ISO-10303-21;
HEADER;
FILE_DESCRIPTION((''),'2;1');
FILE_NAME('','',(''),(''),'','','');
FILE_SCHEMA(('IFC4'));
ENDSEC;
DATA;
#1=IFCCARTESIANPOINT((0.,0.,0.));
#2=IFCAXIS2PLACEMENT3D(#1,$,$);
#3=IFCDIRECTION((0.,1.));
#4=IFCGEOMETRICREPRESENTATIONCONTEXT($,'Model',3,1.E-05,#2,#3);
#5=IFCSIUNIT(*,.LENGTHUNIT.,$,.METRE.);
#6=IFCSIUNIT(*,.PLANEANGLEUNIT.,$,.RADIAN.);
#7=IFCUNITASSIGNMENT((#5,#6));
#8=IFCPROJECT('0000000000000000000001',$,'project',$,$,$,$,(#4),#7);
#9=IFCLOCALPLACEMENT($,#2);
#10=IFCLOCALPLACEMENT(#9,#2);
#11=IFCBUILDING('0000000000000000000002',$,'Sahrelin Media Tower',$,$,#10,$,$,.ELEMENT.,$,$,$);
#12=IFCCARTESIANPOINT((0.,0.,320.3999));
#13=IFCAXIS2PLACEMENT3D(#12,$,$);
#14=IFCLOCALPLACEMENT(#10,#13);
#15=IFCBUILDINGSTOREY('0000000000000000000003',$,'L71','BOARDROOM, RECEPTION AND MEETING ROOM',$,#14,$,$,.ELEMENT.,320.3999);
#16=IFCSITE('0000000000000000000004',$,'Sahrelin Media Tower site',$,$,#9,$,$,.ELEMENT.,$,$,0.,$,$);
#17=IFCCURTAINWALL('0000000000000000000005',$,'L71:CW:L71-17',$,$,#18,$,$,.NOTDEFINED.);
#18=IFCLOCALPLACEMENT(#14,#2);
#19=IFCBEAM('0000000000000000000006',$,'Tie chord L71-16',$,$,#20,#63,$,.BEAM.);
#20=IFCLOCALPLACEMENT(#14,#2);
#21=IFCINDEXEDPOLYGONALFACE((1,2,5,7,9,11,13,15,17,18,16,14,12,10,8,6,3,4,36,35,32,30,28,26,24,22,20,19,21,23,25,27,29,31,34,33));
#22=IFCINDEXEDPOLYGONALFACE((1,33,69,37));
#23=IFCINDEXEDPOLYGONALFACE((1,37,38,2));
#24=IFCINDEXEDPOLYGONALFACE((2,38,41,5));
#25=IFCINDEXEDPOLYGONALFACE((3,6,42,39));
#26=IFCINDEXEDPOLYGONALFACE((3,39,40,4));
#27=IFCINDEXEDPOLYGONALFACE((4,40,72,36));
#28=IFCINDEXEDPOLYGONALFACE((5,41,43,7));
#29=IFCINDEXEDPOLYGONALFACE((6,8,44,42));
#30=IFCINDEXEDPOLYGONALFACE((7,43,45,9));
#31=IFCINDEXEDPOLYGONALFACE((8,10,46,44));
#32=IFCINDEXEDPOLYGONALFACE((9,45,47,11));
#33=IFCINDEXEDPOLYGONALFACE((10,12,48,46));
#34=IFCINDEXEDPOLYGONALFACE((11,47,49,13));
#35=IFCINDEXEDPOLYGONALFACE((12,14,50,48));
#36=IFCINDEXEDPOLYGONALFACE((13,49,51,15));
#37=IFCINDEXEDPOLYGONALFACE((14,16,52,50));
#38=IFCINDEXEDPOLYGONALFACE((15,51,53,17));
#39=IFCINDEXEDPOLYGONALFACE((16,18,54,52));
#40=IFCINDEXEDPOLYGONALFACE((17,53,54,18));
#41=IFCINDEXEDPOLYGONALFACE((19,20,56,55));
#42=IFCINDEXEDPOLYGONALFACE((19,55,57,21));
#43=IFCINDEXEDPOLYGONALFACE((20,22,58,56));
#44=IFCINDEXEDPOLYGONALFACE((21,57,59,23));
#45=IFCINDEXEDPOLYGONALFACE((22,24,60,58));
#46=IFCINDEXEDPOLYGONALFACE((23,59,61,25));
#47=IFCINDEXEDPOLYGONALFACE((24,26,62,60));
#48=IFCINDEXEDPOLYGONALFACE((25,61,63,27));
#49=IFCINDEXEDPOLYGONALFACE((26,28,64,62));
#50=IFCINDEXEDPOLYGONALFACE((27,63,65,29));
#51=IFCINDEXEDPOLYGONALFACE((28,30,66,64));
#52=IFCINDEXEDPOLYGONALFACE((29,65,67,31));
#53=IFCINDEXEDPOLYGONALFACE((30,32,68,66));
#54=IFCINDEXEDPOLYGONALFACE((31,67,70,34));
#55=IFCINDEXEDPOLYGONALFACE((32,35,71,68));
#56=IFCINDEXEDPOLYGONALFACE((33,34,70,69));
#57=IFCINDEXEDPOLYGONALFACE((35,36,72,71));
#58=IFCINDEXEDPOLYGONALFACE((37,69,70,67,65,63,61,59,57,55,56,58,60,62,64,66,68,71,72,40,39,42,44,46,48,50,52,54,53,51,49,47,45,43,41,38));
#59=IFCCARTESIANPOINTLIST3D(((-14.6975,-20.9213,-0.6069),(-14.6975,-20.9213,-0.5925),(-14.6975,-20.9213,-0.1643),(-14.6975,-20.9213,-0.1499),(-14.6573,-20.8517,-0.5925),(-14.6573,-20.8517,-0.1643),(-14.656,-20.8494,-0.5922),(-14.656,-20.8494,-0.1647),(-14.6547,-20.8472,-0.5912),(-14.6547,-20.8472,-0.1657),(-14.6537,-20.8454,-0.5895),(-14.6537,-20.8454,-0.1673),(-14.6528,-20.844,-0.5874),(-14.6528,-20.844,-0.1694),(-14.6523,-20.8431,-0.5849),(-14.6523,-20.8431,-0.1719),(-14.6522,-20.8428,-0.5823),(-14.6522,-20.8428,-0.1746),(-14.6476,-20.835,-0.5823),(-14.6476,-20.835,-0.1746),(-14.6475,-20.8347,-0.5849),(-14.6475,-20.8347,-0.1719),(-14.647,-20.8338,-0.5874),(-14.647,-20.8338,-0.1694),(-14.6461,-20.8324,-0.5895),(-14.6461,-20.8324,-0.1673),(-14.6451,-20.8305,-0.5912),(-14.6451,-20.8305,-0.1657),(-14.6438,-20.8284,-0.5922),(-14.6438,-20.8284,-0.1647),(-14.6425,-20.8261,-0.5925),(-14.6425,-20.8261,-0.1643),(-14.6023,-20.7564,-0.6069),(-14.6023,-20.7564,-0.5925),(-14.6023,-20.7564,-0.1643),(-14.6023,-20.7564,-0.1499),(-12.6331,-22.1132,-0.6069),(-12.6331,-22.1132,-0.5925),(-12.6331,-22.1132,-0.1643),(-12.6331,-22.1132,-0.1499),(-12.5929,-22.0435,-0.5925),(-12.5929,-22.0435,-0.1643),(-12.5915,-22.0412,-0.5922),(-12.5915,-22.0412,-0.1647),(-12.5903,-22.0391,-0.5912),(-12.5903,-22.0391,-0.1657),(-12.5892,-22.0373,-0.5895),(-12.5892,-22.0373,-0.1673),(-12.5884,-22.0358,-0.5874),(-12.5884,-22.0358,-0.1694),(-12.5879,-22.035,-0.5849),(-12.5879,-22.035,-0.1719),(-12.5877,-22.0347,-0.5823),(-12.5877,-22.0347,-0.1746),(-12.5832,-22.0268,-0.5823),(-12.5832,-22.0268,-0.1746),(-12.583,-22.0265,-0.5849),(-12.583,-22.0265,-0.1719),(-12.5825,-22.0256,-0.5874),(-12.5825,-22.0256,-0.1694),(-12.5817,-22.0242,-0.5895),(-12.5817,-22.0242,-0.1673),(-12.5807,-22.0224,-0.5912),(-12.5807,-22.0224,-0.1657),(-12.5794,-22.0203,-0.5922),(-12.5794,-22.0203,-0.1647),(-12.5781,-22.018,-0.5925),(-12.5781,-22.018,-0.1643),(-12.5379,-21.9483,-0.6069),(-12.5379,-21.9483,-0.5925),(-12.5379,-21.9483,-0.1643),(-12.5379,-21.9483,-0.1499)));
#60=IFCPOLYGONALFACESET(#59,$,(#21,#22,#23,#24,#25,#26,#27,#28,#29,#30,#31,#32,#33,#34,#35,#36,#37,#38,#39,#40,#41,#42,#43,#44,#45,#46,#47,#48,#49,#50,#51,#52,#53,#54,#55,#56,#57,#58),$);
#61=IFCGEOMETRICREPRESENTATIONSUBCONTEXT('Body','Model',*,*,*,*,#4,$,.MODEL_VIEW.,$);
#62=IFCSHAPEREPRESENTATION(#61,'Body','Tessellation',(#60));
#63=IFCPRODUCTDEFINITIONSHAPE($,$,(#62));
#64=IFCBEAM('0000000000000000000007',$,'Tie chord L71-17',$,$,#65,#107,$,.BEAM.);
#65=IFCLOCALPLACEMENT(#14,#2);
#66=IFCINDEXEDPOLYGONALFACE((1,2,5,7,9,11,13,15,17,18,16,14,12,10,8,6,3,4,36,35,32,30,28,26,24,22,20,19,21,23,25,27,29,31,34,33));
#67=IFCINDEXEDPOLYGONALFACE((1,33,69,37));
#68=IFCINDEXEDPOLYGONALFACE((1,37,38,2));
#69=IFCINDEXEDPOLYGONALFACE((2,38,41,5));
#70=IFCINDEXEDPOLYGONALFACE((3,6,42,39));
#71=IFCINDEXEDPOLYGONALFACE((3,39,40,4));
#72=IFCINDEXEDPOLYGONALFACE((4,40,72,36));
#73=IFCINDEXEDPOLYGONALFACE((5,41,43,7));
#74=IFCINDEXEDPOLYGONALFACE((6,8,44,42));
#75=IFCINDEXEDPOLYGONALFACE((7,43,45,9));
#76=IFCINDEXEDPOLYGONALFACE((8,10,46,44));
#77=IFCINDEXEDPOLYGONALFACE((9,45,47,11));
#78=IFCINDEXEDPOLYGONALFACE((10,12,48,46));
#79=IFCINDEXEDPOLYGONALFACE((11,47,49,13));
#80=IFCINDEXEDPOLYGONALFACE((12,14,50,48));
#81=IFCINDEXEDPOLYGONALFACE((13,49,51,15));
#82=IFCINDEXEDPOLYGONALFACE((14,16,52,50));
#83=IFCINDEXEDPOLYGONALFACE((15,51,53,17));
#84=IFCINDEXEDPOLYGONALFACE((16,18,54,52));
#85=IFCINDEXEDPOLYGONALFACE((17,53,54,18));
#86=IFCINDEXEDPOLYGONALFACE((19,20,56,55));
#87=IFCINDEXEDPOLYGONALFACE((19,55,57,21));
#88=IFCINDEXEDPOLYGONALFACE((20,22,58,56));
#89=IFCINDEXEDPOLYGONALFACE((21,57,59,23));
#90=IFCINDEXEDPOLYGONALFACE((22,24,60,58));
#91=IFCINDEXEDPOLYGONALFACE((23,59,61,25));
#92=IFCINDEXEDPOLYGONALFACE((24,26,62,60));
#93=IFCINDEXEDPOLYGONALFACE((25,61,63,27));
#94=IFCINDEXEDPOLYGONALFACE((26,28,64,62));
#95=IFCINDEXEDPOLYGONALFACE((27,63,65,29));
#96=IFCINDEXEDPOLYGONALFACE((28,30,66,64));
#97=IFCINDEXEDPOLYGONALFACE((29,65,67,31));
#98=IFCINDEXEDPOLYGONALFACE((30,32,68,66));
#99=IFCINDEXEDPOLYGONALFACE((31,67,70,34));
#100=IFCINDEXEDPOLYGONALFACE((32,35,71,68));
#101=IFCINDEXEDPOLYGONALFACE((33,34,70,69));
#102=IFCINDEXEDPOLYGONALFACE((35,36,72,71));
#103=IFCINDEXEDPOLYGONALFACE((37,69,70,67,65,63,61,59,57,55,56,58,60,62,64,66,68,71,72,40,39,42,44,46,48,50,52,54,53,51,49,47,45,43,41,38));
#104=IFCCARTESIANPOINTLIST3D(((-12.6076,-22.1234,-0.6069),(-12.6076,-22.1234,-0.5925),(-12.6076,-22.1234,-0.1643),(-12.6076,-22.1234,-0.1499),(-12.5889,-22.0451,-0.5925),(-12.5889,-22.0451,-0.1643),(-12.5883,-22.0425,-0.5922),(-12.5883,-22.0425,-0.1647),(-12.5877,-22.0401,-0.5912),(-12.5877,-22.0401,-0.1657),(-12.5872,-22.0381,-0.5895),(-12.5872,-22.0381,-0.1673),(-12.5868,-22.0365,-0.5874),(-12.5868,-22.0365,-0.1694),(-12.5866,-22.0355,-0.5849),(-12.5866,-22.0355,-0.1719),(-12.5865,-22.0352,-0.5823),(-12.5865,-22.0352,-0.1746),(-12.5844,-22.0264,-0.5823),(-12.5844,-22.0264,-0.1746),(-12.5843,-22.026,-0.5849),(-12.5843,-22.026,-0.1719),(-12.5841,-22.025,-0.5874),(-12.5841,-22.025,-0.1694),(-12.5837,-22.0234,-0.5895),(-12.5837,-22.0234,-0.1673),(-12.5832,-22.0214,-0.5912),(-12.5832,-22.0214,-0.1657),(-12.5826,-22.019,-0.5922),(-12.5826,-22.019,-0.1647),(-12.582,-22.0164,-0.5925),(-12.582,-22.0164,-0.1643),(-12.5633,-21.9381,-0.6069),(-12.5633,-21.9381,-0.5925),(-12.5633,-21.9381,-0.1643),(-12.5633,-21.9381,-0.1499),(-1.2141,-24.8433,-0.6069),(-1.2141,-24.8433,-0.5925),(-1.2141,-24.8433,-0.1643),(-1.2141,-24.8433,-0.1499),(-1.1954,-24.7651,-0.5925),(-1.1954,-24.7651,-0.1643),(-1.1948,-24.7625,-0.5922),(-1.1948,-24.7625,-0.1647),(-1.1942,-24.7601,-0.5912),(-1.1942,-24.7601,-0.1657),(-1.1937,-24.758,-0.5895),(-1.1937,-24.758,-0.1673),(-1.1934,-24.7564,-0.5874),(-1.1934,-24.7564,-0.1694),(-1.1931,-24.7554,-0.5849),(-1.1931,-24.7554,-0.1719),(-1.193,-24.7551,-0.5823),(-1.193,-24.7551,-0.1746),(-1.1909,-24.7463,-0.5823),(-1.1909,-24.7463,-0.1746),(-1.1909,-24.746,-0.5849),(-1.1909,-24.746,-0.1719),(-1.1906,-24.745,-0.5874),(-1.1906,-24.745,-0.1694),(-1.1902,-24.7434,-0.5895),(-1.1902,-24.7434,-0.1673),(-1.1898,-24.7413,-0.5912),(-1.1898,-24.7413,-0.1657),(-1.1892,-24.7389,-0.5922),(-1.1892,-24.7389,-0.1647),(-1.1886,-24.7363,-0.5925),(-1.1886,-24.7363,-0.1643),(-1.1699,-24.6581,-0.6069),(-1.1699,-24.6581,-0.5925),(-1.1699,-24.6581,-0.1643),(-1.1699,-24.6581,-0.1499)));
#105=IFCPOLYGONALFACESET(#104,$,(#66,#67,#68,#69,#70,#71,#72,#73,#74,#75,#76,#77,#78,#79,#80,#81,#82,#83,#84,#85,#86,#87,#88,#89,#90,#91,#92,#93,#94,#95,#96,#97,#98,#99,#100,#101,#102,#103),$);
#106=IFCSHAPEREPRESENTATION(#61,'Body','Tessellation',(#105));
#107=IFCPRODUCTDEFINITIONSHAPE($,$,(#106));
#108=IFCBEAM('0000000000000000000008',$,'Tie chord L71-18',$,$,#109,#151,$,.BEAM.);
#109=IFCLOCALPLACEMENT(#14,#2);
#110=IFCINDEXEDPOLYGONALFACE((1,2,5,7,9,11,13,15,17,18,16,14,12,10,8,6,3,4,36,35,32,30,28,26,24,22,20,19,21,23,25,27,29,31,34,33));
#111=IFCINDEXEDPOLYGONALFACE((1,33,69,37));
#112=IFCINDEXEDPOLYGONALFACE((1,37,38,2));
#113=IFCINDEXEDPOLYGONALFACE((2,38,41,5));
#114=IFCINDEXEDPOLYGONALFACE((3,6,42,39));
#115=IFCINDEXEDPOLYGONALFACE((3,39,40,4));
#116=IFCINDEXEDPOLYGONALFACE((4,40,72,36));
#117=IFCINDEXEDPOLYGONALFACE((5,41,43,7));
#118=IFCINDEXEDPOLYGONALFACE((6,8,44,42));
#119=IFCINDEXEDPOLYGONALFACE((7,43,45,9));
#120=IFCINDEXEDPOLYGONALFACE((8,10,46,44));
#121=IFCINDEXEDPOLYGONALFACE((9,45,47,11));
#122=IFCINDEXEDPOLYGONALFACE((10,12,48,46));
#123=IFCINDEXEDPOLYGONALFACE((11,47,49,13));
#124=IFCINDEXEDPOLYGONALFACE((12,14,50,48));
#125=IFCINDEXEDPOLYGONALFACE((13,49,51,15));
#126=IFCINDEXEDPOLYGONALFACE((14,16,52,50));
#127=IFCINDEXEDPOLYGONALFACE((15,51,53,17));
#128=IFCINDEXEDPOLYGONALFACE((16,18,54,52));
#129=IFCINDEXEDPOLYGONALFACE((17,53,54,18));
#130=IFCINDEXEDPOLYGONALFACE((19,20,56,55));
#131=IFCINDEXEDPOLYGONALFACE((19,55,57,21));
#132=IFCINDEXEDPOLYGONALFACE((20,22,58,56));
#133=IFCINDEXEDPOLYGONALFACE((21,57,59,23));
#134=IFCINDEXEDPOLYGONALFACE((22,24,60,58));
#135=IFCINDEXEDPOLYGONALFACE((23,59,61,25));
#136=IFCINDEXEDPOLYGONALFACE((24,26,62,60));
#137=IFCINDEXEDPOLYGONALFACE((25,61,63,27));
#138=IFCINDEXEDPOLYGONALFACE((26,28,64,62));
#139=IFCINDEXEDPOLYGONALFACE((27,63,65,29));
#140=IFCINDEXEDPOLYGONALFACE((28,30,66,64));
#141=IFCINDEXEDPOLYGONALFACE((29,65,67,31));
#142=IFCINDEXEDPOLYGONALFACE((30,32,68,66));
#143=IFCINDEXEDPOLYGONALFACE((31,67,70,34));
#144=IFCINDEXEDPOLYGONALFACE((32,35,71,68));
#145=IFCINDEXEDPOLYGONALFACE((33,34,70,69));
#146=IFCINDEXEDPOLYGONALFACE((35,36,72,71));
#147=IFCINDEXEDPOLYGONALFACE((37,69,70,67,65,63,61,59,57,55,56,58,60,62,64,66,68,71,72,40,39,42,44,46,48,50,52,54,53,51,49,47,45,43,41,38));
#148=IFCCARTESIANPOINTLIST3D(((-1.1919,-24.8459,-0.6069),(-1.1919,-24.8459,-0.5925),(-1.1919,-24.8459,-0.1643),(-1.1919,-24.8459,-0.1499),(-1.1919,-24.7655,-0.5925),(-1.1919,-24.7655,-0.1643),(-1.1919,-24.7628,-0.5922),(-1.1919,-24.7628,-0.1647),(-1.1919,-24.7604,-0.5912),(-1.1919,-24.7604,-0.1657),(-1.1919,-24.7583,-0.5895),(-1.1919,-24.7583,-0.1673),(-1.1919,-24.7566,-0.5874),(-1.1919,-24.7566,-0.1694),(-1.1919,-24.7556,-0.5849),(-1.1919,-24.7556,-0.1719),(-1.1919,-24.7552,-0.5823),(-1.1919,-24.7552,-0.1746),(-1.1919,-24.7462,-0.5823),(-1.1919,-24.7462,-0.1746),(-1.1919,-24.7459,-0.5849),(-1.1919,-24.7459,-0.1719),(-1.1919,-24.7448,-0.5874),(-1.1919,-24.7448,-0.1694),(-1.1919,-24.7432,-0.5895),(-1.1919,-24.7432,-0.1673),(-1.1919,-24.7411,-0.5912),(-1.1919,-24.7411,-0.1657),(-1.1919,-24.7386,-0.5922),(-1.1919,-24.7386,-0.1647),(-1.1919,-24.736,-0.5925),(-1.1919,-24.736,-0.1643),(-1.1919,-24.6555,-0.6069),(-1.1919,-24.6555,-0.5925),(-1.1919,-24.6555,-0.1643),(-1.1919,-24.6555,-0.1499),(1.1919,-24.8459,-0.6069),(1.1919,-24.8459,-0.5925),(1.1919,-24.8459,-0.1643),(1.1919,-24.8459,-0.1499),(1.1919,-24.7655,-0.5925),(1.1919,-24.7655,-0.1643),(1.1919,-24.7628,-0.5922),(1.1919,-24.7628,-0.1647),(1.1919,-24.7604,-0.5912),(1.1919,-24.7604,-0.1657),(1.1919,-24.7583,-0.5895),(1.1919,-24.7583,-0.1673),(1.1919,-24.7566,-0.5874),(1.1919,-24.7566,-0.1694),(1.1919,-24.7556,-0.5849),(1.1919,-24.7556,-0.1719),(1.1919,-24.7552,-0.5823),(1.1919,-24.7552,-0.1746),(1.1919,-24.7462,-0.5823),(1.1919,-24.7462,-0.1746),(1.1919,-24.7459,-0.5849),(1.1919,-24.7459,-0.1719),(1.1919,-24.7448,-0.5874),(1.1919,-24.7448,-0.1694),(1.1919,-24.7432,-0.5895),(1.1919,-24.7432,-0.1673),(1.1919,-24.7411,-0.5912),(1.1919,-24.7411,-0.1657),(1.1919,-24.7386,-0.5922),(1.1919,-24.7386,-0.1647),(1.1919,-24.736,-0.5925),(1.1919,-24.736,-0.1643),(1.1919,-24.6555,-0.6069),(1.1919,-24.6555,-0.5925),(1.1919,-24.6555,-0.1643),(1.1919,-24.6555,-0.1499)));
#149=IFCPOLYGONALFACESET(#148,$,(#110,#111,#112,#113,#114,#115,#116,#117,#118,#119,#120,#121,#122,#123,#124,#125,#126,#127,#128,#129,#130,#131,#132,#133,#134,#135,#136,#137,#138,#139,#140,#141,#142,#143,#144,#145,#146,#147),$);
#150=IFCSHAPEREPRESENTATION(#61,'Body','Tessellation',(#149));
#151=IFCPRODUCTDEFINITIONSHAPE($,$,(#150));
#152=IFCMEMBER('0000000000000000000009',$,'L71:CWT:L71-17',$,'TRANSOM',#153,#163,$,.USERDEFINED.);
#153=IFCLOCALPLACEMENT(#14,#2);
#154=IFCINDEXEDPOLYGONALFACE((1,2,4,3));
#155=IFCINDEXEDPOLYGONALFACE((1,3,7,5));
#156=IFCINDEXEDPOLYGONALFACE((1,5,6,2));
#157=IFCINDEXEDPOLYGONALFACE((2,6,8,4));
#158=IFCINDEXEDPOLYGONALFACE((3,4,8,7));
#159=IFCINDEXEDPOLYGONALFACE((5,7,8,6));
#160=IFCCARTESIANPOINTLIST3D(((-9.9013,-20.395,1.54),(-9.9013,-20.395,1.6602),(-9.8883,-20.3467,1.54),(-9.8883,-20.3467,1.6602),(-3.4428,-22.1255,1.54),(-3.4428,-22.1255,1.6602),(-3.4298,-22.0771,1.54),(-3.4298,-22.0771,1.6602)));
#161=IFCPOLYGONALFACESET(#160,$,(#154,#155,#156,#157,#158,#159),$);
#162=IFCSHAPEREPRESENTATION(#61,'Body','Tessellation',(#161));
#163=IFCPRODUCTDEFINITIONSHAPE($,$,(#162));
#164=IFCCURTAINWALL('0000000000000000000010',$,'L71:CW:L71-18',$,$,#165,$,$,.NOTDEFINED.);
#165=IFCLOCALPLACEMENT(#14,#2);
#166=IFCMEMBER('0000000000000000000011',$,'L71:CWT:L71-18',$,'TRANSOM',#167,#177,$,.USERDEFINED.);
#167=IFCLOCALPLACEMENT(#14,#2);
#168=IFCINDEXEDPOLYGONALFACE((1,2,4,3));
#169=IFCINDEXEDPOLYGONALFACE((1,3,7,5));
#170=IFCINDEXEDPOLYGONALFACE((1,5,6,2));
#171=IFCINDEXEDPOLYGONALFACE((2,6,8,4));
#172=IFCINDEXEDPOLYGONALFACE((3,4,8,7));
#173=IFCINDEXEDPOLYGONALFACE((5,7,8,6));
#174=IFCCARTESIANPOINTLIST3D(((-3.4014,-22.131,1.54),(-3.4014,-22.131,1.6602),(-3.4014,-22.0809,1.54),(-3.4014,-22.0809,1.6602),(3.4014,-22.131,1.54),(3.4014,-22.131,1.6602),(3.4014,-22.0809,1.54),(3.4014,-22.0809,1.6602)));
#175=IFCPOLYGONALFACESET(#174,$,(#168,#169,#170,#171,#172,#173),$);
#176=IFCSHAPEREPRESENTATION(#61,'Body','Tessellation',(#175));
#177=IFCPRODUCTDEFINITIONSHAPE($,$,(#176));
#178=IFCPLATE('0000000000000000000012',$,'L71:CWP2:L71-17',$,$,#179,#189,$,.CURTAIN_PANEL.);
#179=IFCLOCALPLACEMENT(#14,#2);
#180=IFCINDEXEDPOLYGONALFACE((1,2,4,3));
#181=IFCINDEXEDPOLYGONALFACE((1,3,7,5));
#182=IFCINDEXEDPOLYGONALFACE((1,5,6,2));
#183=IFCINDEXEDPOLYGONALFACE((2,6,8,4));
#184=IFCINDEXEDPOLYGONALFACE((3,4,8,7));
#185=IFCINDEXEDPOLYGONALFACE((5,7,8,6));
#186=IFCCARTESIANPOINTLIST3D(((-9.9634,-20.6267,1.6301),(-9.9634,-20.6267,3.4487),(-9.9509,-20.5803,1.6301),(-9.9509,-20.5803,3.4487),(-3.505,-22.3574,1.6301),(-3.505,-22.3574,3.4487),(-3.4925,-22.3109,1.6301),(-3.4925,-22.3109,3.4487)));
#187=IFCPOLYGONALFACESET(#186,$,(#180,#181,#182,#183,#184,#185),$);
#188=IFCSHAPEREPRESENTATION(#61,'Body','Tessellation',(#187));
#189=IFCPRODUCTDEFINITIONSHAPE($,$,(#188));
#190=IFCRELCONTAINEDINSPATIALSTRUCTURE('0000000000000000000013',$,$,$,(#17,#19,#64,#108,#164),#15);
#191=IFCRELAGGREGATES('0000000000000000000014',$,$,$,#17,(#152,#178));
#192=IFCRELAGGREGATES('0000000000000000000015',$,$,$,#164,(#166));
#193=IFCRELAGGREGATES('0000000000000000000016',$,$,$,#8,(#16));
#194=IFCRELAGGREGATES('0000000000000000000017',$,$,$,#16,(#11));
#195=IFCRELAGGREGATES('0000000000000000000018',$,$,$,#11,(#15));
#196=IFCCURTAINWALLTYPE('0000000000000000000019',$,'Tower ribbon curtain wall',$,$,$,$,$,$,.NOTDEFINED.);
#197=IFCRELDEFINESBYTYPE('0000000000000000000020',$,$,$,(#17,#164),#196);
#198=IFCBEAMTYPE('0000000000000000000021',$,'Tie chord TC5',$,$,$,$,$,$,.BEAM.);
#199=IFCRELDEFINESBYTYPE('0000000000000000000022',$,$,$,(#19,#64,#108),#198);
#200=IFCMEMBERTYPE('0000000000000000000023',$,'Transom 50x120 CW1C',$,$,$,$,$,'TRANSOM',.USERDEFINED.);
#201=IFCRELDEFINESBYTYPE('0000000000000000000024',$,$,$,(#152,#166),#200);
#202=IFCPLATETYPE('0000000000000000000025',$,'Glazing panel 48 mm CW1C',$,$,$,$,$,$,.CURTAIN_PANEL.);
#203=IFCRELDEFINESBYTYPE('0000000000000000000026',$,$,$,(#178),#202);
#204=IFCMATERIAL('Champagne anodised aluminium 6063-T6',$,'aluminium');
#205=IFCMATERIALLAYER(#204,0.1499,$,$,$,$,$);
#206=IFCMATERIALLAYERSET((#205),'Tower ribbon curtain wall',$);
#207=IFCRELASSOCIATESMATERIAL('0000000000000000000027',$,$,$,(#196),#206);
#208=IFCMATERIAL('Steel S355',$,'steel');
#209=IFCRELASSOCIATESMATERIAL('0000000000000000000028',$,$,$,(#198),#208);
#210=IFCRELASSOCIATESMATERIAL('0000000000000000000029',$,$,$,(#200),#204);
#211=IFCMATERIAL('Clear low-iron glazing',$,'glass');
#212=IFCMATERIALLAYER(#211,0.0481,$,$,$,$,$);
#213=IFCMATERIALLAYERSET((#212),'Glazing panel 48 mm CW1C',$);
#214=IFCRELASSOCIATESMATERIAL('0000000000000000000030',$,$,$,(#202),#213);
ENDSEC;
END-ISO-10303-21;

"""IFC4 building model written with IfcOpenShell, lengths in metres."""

from ifc_helpers import new_model, si_unit, direction, frame, origin, origin_2d, place, context, subcontext, project, spatial, polyline, rectangle, i_section, outline, extrude, material, layer, layer_set, material_profile, profile_set, type_object, element, aggregate, save


model = new_model("IFC4")

# Units and contexts
model_context = context("Model", 3, precision=1e-05, world=origin(), true_north=direction((0.0, 1.0)))
body_context = subcontext(model_context, "Body", "Model", "MODEL_VIEW")
ifc_project = project(units=[si_unit("LENGTHUNIT", "METRE"), si_unit("PLANEANGLEUNIT", "RADIAN")], contexts=[model_context])

# Site, building, storey
site_placement = place(None, origin())
site = spatial("IfcSite", under=ifc_project, at=site_placement, Name="Sahrelin Media Tower site", CompositionType="ELEMENT", RefElevation=0.0)
building_placement = place(site_placement, origin())
building = spatial("IfcBuilding", under=site, at=building_placement, Name="Sahrelin Media Tower", CompositionType="ELEMENT")
storey_placement = place(building_placement, frame((0.0, 0.0, 320.3999)))
storey = spatial("IfcBuildingStorey", under=building, at=storey_placement, Name="L71", Description="BOARDROOM, RECEPTION AND MEETING ROOM", CompositionType="ELEMENT", Elevation=320.3999)

# Shared definitions
ifc_material_1 = material(Name="Steel S355", Category="steel")

# Curtain wall
ifc_material_2 = material(Name="Champagne anodised aluminium 6063-T6", Category="aluminium")
ifc_layer_1 = layer(ifc_material_2, 0.1499)
ifc_layer_set_1 = layer_set([ifc_layer_1], Name="Tower ribbon curtain wall")
curtain_wall_type = type_object("IfcCurtainWallType", Name="Tower ribbon curtain wall", PredefinedType="NOTDEFINED", material=ifc_layer_set_1)
curtain_wall_1_placement = place(storey_placement, frame((-6.729, -21.4727, 0.0), z_axis=(0.0, 0.0, 1.0), x_axis=(1.0, 0.0, 0.0)))
curtain_wall_1 = element("IfcCurtainWall", 1, at=curtain_wall_1_placement, inside=storey, type_object=curtain_wall_type, Name="L71:CW:L71-17", PredefinedType="NOTDEFINED")

# Beams
ifc_material_profile_1 = material_profile(ifc_material_1, i_section(OverallWidth=0.1904, OverallDepth=0.457, WebThickness=0.009, FlangeThickness=0.0144, FilletRadius=0.0103, at=origin_2d()), Name="UB 457x191x74")
ifc_profile_set_1 = profile_set([ifc_material_profile_1], Name="Steel S355")
beam_type_1 = type_object("IfcBeamType", Name="Tie chord TC5", PredefinedType="BEAM", material=ifc_profile_set_1)
beam_1_placement = place(storey_placement, frame((-14.6499, -20.8389, -0.3784), z_axis=(0.866029, -0.499994, 0.0), x_axis=(0.499994, 0.866029, 0.0)))
element("IfcBeam", 2, at=beam_1_placement, inside=storey, type_object=beam_type_1, Name="Tie chord L71-16", PredefinedType="BEAM", context=body_context, shape_type="SweptSolid", body=[
    extrude(i_section(OverallWidth=0.1904, OverallDepth=0.457, WebThickness=0.009, FlangeThickness=0.0144, FilletRadius=0.0103, at=origin_2d()), origin(), (0.0, 0.0, 1.0), 2.3838),
])
beam_2_placement = place(storey_placement, frame((-12.5854, -22.0308, -0.3784), z_axis=(0.972667, -0.232204, 0.0), x_axis=(0.232204, 0.972667, 0.0)))
element("IfcBeam", 3, at=beam_2_placement, inside=storey, type_object=beam_type_1, Name="Tie chord L71-17", PredefinedType="BEAM", context=body_context, shape_type="SweptSolid", body=[
    extrude(i_section(OverallWidth=0.1904, OverallDepth=0.457, WebThickness=0.009, FlangeThickness=0.0144, FilletRadius=0.0103, at=origin_2d()), origin(), (0.0, 0.0, 1.0), 11.7136),
])
beam_3_placement = place(storey_placement, frame((-1.1919, -24.7507, -0.3784), z_axis=(1.0, 0.0, 0.0), x_axis=(0.0, 1.0, 0.0)))
element("IfcBeam", 4, at=beam_3_placement, inside=storey, type_object=beam_type_1, Name="Tie chord L71-18", PredefinedType="BEAM", context=body_context, shape_type="SweptSolid", body=[
    extrude(i_section(OverallWidth=0.1904, OverallDepth=0.457, WebThickness=0.009, FlangeThickness=0.0144, FilletRadius=0.0103, at=origin_2d()), origin(), (0.0, 0.0, 1.0), 2.3838),
])

# Member
ifc_material_profile_2 = material_profile(ifc_material_2, rectangle(XDim=0.05, YDim=0.1201, at=origin_2d()), Name="Transom 50x120")
ifc_profile_set_2 = profile_set([ifc_material_profile_2], Name="Champagne anodised aluminium 6063-T6")
member_type_1 = type_object("IfcMemberType", Name="Transom 50x120 CW1C", ElementType="TRANSOM", PredefinedType="USERDEFINED", material=ifc_profile_set_2)
member_1_placement = place(storey_placement, frame((-9.8948, -20.3708, 1.6001), z_axis=(0.965929, -0.258808, 0.0), x_axis=(0.258808, 0.965929, 0.0)))
member_1 = element("IfcMember", 5, at=member_1_placement, type_object=member_type_1, Name="L71:CWT:L71-17", ObjectType="TRANSOM", PredefinedType="USERDEFINED", context=body_context, shape_type="SweptSolid", body=[
    extrude(rectangle(XDim=0.05, YDim=0.1201, at=origin_2d()), origin(), (0.0, 0.0, 1.0), 6.6863),
])

# Curtain wall, member
curtain_wall_2_placement = place(storey_placement, frame((0.0, -22.3508, 0.0), z_axis=(0.0, 0.0, 1.0), x_axis=(1.0, 0.0, 0.0)))
curtain_wall_2 = element("IfcCurtainWall", 6, at=curtain_wall_2_placement, inside=storey, type_object=curtain_wall_type, Name="L71:CW:L71-18", PredefinedType="NOTDEFINED")
member_2_placement = place(storey_placement, frame((-3.4014, -22.106, 1.6001), z_axis=(1.0, 0.0, 0.0), x_axis=(0.0, 1.0, 0.0)))
member_2 = element("IfcMember", 7, at=member_2_placement, type_object=member_type_1, Name="L71:CWT:L71-18", ObjectType="TRANSOM", PredefinedType="USERDEFINED", context=body_context, shape_type="SweptSolid", body=[
    extrude(rectangle(XDim=0.05, YDim=0.1201, at=origin_2d()), origin(), (0.0, 0.0, 1.0), 6.8027),
])

# Plate
ifc_material_3 = material(Name="Clear low-iron glazing", Category="glass")
ifc_layer_2 = layer(ifc_material_3, 0.0481)
ifc_layer_set_2 = layer_set([ifc_layer_2], Name="Glazing panel 48 mm CW1C")
plate_type_1 = type_object("IfcPlateType", Name="Glazing panel 48 mm CW1C", PredefinedType="CURTAIN_PANEL", material=ifc_layer_set_2)
plate_1_placement = place(storey_placement, frame((-9.9634, -20.6267, 1.6301), z_axis=(-0.258842, -0.96592, 0.0), x_axis=(0.96592, -0.258842, 0.0)))
plate_1 = element("IfcPlate", 8, at=plate_1_placement, type_object=plate_type_1, Name="L71:CWP2:L71-17", PredefinedType="CURTAIN_PANEL", context=body_context, shape_type="SweptSolid", body=[
    extrude(outline(polyline([(0.0, 0.0), (6.6863, 0.0), (6.6863, 1.8186), (0.0, 1.8186), (0.0, 0.0)])), origin(), (0.0, 0.0, -1.0), 0.0481),
])
aggregate(curtain_wall_1, [member_1, plate_1])
aggregate(curtain_wall_2, [member_2])

save(model, "model.ifc")
